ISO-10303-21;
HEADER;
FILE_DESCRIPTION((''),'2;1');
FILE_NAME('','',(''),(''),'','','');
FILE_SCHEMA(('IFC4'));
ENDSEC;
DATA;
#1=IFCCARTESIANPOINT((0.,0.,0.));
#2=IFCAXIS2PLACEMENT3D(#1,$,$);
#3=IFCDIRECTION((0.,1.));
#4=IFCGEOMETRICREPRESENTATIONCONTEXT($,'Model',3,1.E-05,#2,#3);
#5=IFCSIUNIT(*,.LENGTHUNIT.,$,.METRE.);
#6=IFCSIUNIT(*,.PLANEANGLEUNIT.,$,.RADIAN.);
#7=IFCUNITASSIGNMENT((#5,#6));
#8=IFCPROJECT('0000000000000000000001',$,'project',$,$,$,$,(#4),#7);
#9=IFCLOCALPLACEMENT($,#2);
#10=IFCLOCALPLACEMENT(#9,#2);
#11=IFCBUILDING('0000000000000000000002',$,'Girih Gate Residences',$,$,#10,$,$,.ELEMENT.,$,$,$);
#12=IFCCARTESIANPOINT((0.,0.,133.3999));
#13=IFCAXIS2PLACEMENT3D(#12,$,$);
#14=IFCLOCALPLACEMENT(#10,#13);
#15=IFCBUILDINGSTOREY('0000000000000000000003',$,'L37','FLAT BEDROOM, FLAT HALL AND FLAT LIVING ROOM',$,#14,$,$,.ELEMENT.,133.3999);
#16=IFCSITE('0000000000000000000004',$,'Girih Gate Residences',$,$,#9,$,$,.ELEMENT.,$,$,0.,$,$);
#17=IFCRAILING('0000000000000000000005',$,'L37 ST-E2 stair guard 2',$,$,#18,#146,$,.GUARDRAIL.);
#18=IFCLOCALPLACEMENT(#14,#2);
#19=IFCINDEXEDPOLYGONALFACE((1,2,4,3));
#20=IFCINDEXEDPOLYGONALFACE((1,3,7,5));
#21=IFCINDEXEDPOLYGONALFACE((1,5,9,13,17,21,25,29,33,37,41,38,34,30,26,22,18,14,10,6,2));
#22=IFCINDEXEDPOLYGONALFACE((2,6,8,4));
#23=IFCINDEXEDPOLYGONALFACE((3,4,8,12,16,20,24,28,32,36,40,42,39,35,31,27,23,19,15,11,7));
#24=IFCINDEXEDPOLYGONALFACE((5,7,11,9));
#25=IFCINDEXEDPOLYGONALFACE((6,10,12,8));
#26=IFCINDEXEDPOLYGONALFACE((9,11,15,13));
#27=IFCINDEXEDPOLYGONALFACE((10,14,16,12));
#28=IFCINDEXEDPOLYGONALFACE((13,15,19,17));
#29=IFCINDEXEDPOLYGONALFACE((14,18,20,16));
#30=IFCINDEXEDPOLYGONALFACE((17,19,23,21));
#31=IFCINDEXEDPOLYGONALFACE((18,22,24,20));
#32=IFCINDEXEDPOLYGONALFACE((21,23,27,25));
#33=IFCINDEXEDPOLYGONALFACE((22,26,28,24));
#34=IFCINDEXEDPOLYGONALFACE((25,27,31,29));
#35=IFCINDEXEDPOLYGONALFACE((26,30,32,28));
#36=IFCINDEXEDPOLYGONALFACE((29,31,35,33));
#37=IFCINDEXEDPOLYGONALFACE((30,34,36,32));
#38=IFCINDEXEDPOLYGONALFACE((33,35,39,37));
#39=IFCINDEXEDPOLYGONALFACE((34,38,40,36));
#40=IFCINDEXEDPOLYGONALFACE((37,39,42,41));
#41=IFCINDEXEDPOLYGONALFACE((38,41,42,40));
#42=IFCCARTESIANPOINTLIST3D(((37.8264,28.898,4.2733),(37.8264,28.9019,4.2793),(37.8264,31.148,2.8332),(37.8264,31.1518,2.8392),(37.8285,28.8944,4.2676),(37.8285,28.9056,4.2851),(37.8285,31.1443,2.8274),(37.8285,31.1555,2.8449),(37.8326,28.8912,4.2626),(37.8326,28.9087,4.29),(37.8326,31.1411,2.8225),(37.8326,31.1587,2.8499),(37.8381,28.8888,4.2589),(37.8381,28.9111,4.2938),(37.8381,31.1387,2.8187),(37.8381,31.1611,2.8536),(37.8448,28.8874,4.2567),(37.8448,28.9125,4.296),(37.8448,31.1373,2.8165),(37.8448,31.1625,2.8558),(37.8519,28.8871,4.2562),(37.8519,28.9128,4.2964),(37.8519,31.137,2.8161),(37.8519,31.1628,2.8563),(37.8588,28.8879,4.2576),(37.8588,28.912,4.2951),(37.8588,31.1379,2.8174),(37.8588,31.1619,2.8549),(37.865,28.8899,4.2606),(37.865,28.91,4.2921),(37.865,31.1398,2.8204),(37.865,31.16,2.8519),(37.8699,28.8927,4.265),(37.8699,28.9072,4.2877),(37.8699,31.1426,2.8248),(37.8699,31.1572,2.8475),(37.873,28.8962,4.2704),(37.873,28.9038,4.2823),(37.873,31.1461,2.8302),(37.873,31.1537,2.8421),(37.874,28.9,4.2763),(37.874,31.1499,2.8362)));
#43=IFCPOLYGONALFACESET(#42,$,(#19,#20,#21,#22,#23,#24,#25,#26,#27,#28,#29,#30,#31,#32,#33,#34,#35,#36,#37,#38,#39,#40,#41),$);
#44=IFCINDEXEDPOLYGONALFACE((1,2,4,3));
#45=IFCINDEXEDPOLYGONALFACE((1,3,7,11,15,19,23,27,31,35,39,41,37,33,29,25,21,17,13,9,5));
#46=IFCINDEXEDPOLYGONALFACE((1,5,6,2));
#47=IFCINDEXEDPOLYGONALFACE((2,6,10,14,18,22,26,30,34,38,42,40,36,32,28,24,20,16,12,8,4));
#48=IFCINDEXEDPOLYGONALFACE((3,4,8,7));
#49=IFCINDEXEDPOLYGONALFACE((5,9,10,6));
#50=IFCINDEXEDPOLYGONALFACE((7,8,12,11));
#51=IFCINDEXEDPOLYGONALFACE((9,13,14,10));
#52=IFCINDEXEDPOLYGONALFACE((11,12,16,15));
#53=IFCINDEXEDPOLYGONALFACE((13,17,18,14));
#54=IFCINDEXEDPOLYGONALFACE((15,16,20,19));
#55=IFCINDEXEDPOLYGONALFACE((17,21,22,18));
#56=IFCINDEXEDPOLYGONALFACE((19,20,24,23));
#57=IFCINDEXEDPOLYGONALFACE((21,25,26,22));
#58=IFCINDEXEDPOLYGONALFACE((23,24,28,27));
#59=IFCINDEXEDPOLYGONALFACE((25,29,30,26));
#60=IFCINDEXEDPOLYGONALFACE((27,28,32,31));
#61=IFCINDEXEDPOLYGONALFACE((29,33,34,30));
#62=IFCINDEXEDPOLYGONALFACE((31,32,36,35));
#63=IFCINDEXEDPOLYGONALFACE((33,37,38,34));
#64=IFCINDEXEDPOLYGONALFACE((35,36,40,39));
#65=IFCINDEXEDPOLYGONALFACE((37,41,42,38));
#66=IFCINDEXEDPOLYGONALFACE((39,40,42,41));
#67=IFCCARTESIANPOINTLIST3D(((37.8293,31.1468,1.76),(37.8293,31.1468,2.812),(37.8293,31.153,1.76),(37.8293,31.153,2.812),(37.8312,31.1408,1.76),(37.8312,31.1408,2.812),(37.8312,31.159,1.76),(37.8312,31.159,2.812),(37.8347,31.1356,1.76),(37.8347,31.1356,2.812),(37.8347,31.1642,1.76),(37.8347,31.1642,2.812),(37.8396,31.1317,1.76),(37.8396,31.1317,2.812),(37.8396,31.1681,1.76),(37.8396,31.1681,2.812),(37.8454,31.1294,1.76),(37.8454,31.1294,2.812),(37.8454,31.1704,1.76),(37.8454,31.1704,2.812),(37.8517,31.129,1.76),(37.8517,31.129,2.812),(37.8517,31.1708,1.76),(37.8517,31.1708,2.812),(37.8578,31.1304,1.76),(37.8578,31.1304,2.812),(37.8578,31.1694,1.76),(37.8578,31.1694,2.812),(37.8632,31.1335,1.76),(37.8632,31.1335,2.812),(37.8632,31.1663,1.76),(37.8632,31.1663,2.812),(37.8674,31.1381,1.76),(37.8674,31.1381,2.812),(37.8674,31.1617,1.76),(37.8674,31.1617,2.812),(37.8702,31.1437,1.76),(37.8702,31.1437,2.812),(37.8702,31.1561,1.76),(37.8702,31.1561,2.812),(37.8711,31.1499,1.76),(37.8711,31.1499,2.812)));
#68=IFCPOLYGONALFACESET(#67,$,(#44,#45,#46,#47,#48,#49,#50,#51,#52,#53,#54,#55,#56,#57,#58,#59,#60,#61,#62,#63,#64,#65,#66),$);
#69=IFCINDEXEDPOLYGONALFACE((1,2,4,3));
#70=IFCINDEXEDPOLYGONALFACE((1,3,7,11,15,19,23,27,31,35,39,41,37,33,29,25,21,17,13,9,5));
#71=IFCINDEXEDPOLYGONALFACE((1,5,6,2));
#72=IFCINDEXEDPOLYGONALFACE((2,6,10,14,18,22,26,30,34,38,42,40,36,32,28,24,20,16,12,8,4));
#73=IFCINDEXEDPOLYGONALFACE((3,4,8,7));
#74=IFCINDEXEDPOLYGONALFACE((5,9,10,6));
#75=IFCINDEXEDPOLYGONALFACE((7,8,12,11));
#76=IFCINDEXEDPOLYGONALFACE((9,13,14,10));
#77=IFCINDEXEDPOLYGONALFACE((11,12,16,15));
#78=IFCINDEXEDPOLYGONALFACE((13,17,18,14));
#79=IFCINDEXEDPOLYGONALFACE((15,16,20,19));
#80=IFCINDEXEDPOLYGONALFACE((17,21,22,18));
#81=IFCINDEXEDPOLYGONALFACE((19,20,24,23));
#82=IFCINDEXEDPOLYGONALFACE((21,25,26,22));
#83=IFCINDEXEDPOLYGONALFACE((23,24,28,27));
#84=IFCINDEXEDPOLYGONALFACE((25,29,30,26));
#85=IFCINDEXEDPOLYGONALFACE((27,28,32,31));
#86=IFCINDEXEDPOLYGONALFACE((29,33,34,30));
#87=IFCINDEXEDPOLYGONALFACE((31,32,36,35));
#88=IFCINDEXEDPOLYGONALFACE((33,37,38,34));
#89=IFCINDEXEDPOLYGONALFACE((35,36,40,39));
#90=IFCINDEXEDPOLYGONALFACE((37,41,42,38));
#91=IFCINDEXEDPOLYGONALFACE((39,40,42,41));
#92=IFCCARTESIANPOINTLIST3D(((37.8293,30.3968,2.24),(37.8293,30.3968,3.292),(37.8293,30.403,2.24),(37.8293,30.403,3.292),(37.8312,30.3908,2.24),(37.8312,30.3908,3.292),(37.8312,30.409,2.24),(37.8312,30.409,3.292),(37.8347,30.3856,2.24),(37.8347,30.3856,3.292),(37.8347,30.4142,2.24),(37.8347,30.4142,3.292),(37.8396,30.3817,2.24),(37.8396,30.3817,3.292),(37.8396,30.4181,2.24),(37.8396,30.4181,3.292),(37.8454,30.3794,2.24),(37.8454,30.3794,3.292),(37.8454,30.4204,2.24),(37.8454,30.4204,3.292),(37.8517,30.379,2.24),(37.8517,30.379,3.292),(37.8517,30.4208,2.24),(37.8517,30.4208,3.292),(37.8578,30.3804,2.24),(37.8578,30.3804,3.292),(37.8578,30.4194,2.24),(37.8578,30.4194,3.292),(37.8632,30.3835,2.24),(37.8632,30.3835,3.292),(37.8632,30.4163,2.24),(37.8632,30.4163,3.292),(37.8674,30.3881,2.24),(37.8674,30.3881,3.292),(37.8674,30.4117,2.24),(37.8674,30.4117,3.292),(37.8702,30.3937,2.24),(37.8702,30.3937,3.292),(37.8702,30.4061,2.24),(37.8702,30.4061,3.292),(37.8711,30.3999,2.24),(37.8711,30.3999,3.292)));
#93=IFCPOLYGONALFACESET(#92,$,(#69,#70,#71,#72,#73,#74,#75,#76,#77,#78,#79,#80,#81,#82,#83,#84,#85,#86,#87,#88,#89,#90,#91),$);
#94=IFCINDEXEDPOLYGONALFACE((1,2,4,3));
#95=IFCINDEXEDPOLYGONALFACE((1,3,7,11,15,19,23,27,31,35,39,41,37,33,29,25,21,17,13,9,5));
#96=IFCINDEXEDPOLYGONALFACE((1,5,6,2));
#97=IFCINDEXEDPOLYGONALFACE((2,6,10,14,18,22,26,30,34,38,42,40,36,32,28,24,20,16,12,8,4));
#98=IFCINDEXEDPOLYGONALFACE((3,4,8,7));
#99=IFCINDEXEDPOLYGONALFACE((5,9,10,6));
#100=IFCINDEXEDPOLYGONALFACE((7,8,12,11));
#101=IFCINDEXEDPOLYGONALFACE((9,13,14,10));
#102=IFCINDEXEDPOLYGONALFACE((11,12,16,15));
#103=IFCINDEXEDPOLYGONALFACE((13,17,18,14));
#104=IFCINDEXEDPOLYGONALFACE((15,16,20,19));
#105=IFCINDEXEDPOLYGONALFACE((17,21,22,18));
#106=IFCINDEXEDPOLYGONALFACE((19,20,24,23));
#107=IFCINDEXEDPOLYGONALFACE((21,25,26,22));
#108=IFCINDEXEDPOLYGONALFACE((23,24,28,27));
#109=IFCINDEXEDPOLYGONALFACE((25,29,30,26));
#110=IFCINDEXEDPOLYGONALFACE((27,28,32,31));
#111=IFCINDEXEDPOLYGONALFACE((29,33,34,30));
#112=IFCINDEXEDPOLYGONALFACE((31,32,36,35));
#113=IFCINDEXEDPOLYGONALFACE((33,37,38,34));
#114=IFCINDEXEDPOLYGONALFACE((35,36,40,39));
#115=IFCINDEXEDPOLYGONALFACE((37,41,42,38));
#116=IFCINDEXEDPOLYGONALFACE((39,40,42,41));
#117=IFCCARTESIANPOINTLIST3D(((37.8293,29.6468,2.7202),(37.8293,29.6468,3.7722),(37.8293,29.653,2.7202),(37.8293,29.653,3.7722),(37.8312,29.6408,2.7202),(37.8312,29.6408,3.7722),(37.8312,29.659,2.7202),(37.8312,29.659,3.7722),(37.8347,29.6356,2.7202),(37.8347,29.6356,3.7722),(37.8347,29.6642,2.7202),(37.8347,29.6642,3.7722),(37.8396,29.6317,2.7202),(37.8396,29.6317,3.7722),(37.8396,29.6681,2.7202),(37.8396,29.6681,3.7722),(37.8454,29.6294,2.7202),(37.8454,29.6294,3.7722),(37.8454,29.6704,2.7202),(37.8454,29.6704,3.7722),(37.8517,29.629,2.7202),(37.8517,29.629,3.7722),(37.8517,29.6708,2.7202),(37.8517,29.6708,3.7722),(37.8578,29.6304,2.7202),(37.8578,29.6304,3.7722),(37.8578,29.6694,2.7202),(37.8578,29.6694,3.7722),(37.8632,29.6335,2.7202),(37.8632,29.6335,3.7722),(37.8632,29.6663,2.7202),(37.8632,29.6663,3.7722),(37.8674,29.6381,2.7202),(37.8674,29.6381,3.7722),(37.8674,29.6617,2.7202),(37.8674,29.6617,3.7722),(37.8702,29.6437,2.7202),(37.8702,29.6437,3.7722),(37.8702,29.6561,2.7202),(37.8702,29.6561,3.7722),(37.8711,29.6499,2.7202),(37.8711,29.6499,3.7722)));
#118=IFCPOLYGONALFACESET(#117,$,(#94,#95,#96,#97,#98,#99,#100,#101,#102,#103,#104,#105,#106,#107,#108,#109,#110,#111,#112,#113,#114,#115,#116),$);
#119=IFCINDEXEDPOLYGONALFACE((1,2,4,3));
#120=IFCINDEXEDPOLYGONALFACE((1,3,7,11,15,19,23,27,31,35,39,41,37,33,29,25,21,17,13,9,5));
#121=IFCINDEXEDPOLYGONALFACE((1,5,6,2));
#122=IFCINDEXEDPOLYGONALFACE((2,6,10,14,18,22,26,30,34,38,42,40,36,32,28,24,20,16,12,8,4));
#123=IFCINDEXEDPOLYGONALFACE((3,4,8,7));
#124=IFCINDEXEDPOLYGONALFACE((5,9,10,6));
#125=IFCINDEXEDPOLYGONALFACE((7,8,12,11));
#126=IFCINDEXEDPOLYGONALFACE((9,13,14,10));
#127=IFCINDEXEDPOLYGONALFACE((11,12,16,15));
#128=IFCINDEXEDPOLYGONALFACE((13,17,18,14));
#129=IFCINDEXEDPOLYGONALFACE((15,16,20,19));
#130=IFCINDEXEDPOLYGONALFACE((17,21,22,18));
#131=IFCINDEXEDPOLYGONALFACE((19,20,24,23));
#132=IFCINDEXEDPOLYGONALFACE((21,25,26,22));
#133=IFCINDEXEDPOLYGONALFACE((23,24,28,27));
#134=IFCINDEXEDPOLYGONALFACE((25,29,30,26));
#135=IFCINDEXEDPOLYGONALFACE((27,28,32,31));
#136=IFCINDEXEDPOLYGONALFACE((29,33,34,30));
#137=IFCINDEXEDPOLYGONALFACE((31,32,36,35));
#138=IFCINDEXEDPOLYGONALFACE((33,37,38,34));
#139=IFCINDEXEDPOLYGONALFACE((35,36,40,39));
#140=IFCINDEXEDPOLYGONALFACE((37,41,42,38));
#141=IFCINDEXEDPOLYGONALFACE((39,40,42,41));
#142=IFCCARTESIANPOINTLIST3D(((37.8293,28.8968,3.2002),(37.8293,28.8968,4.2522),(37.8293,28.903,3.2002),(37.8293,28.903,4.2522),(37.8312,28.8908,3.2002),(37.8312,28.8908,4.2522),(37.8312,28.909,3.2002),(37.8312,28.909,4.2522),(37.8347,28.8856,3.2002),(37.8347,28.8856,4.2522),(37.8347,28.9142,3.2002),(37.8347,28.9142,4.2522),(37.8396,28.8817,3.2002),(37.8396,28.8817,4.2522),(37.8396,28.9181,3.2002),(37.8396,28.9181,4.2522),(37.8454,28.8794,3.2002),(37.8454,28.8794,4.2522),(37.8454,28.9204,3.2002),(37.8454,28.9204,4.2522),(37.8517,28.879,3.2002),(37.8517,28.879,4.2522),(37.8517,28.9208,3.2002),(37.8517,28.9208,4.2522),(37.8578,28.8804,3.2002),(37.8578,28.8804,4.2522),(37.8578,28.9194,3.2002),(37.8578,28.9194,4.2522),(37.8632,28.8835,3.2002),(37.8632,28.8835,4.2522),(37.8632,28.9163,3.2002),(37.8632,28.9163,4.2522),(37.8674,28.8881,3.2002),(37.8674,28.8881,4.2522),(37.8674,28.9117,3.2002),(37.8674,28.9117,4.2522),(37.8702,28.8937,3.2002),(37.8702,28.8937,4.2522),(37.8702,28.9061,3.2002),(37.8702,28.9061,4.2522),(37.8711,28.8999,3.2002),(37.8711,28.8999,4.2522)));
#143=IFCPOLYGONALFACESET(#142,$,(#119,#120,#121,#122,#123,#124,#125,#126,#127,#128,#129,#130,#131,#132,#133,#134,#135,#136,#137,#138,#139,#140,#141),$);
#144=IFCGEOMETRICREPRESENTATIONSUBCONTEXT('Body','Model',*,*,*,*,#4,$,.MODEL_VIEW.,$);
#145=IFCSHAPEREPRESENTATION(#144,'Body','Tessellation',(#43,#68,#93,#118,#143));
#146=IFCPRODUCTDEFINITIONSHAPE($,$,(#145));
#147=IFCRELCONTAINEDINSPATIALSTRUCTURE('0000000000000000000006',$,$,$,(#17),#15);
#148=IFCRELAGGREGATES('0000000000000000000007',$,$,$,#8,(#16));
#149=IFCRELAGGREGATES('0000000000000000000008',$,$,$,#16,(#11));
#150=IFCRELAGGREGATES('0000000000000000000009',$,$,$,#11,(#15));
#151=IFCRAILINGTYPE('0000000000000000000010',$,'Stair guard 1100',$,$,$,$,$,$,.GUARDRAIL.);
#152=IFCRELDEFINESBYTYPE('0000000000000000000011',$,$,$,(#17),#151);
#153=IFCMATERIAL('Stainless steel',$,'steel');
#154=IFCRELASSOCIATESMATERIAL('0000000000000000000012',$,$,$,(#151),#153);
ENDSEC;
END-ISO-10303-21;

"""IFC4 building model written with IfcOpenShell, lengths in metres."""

from ifc_helpers import new_model, si_unit, direction, frame, origin, origin_2d, place, context, subcontext, project, spatial, circle, extrude, material, type_object, element, save


model = new_model("IFC4")

# Units and contexts
model_context = context("Model", 3, precision=1e-05, world=origin(), true_north=direction((0.0, 1.0)))
body_context = subcontext(model_context, "Body", "Model", "MODEL_VIEW")
ifc_project = project(units=[si_unit("LENGTHUNIT", "METRE"), si_unit("PLANEANGLEUNIT", "RADIAN")], contexts=[model_context])

# Site, building, storey
site_placement = place(None, origin())
site = spatial("IfcSite", under=ifc_project, at=site_placement, Name="Girih Gate Residences", CompositionType="ELEMENT", RefElevation=0.0)
building_placement = place(site_placement, origin())
building = spatial("IfcBuilding", under=site, at=building_placement, Name="Girih Gate Residences", CompositionType="ELEMENT")
storey_placement = place(building_placement, frame((0.0, 0.0, 133.3999)))
storey = spatial("IfcBuildingStorey", under=building, at=storey_placement, Name="L37", Description="FLAT BEDROOM, FLAT HALL AND FLAT LIVING ROOM", CompositionType="ELEMENT", Elevation=133.3999)

# Shared definitions
ifc_material_1 = material(Name="Stainless steel", Category="steel")

# Railing
railing_type_1 = type_object("IfcRailingType", Name="Stair guard 1100", PredefinedType="GUARDRAIL", material=ifc_material_1)
railing_1_placement = place(storey_placement, frame((37.8501, 31.1499, 1.76)))
element("IfcRailing", 1, at=railing_1_placement, inside=storey, type_object=railing_type_1, Name="L37 ST-E2 stair guard 2", PredefinedType="GUARDRAIL", context=body_context, shape_type="SweptSolid", body=[
    extrude(circle(Radius=0.0239, at=origin_2d()), frame((0.0, 0.0, 1.0762), z_axis=(0.0, -0.84224, 0.539103), x_axis=(1.0, 0.0, 0.0)), (0.0, 0.0, 1.0), 2.6714),
    extrude(circle(Radius=0.021, at=origin_2d()), origin(), (0.0, 0.0, 1.0), 1.052),
    extrude(circle(Radius=0.021, at=origin_2d()), frame((0.0, -0.75, 0.48)), (0.0, 0.0, 1.0), 1.052),
    extrude(circle(Radius=0.021, at=origin_2d()), frame((0.0, -1.5, 0.9602)), (0.0, 0.0, 1.0), 1.052),
    extrude(circle(Radius=0.021, at=origin_2d()), frame((0.0, -2.25, 1.4402)), (0.0, 0.0, 1.0), 1.052),
])

save(model, "model.ifc")
